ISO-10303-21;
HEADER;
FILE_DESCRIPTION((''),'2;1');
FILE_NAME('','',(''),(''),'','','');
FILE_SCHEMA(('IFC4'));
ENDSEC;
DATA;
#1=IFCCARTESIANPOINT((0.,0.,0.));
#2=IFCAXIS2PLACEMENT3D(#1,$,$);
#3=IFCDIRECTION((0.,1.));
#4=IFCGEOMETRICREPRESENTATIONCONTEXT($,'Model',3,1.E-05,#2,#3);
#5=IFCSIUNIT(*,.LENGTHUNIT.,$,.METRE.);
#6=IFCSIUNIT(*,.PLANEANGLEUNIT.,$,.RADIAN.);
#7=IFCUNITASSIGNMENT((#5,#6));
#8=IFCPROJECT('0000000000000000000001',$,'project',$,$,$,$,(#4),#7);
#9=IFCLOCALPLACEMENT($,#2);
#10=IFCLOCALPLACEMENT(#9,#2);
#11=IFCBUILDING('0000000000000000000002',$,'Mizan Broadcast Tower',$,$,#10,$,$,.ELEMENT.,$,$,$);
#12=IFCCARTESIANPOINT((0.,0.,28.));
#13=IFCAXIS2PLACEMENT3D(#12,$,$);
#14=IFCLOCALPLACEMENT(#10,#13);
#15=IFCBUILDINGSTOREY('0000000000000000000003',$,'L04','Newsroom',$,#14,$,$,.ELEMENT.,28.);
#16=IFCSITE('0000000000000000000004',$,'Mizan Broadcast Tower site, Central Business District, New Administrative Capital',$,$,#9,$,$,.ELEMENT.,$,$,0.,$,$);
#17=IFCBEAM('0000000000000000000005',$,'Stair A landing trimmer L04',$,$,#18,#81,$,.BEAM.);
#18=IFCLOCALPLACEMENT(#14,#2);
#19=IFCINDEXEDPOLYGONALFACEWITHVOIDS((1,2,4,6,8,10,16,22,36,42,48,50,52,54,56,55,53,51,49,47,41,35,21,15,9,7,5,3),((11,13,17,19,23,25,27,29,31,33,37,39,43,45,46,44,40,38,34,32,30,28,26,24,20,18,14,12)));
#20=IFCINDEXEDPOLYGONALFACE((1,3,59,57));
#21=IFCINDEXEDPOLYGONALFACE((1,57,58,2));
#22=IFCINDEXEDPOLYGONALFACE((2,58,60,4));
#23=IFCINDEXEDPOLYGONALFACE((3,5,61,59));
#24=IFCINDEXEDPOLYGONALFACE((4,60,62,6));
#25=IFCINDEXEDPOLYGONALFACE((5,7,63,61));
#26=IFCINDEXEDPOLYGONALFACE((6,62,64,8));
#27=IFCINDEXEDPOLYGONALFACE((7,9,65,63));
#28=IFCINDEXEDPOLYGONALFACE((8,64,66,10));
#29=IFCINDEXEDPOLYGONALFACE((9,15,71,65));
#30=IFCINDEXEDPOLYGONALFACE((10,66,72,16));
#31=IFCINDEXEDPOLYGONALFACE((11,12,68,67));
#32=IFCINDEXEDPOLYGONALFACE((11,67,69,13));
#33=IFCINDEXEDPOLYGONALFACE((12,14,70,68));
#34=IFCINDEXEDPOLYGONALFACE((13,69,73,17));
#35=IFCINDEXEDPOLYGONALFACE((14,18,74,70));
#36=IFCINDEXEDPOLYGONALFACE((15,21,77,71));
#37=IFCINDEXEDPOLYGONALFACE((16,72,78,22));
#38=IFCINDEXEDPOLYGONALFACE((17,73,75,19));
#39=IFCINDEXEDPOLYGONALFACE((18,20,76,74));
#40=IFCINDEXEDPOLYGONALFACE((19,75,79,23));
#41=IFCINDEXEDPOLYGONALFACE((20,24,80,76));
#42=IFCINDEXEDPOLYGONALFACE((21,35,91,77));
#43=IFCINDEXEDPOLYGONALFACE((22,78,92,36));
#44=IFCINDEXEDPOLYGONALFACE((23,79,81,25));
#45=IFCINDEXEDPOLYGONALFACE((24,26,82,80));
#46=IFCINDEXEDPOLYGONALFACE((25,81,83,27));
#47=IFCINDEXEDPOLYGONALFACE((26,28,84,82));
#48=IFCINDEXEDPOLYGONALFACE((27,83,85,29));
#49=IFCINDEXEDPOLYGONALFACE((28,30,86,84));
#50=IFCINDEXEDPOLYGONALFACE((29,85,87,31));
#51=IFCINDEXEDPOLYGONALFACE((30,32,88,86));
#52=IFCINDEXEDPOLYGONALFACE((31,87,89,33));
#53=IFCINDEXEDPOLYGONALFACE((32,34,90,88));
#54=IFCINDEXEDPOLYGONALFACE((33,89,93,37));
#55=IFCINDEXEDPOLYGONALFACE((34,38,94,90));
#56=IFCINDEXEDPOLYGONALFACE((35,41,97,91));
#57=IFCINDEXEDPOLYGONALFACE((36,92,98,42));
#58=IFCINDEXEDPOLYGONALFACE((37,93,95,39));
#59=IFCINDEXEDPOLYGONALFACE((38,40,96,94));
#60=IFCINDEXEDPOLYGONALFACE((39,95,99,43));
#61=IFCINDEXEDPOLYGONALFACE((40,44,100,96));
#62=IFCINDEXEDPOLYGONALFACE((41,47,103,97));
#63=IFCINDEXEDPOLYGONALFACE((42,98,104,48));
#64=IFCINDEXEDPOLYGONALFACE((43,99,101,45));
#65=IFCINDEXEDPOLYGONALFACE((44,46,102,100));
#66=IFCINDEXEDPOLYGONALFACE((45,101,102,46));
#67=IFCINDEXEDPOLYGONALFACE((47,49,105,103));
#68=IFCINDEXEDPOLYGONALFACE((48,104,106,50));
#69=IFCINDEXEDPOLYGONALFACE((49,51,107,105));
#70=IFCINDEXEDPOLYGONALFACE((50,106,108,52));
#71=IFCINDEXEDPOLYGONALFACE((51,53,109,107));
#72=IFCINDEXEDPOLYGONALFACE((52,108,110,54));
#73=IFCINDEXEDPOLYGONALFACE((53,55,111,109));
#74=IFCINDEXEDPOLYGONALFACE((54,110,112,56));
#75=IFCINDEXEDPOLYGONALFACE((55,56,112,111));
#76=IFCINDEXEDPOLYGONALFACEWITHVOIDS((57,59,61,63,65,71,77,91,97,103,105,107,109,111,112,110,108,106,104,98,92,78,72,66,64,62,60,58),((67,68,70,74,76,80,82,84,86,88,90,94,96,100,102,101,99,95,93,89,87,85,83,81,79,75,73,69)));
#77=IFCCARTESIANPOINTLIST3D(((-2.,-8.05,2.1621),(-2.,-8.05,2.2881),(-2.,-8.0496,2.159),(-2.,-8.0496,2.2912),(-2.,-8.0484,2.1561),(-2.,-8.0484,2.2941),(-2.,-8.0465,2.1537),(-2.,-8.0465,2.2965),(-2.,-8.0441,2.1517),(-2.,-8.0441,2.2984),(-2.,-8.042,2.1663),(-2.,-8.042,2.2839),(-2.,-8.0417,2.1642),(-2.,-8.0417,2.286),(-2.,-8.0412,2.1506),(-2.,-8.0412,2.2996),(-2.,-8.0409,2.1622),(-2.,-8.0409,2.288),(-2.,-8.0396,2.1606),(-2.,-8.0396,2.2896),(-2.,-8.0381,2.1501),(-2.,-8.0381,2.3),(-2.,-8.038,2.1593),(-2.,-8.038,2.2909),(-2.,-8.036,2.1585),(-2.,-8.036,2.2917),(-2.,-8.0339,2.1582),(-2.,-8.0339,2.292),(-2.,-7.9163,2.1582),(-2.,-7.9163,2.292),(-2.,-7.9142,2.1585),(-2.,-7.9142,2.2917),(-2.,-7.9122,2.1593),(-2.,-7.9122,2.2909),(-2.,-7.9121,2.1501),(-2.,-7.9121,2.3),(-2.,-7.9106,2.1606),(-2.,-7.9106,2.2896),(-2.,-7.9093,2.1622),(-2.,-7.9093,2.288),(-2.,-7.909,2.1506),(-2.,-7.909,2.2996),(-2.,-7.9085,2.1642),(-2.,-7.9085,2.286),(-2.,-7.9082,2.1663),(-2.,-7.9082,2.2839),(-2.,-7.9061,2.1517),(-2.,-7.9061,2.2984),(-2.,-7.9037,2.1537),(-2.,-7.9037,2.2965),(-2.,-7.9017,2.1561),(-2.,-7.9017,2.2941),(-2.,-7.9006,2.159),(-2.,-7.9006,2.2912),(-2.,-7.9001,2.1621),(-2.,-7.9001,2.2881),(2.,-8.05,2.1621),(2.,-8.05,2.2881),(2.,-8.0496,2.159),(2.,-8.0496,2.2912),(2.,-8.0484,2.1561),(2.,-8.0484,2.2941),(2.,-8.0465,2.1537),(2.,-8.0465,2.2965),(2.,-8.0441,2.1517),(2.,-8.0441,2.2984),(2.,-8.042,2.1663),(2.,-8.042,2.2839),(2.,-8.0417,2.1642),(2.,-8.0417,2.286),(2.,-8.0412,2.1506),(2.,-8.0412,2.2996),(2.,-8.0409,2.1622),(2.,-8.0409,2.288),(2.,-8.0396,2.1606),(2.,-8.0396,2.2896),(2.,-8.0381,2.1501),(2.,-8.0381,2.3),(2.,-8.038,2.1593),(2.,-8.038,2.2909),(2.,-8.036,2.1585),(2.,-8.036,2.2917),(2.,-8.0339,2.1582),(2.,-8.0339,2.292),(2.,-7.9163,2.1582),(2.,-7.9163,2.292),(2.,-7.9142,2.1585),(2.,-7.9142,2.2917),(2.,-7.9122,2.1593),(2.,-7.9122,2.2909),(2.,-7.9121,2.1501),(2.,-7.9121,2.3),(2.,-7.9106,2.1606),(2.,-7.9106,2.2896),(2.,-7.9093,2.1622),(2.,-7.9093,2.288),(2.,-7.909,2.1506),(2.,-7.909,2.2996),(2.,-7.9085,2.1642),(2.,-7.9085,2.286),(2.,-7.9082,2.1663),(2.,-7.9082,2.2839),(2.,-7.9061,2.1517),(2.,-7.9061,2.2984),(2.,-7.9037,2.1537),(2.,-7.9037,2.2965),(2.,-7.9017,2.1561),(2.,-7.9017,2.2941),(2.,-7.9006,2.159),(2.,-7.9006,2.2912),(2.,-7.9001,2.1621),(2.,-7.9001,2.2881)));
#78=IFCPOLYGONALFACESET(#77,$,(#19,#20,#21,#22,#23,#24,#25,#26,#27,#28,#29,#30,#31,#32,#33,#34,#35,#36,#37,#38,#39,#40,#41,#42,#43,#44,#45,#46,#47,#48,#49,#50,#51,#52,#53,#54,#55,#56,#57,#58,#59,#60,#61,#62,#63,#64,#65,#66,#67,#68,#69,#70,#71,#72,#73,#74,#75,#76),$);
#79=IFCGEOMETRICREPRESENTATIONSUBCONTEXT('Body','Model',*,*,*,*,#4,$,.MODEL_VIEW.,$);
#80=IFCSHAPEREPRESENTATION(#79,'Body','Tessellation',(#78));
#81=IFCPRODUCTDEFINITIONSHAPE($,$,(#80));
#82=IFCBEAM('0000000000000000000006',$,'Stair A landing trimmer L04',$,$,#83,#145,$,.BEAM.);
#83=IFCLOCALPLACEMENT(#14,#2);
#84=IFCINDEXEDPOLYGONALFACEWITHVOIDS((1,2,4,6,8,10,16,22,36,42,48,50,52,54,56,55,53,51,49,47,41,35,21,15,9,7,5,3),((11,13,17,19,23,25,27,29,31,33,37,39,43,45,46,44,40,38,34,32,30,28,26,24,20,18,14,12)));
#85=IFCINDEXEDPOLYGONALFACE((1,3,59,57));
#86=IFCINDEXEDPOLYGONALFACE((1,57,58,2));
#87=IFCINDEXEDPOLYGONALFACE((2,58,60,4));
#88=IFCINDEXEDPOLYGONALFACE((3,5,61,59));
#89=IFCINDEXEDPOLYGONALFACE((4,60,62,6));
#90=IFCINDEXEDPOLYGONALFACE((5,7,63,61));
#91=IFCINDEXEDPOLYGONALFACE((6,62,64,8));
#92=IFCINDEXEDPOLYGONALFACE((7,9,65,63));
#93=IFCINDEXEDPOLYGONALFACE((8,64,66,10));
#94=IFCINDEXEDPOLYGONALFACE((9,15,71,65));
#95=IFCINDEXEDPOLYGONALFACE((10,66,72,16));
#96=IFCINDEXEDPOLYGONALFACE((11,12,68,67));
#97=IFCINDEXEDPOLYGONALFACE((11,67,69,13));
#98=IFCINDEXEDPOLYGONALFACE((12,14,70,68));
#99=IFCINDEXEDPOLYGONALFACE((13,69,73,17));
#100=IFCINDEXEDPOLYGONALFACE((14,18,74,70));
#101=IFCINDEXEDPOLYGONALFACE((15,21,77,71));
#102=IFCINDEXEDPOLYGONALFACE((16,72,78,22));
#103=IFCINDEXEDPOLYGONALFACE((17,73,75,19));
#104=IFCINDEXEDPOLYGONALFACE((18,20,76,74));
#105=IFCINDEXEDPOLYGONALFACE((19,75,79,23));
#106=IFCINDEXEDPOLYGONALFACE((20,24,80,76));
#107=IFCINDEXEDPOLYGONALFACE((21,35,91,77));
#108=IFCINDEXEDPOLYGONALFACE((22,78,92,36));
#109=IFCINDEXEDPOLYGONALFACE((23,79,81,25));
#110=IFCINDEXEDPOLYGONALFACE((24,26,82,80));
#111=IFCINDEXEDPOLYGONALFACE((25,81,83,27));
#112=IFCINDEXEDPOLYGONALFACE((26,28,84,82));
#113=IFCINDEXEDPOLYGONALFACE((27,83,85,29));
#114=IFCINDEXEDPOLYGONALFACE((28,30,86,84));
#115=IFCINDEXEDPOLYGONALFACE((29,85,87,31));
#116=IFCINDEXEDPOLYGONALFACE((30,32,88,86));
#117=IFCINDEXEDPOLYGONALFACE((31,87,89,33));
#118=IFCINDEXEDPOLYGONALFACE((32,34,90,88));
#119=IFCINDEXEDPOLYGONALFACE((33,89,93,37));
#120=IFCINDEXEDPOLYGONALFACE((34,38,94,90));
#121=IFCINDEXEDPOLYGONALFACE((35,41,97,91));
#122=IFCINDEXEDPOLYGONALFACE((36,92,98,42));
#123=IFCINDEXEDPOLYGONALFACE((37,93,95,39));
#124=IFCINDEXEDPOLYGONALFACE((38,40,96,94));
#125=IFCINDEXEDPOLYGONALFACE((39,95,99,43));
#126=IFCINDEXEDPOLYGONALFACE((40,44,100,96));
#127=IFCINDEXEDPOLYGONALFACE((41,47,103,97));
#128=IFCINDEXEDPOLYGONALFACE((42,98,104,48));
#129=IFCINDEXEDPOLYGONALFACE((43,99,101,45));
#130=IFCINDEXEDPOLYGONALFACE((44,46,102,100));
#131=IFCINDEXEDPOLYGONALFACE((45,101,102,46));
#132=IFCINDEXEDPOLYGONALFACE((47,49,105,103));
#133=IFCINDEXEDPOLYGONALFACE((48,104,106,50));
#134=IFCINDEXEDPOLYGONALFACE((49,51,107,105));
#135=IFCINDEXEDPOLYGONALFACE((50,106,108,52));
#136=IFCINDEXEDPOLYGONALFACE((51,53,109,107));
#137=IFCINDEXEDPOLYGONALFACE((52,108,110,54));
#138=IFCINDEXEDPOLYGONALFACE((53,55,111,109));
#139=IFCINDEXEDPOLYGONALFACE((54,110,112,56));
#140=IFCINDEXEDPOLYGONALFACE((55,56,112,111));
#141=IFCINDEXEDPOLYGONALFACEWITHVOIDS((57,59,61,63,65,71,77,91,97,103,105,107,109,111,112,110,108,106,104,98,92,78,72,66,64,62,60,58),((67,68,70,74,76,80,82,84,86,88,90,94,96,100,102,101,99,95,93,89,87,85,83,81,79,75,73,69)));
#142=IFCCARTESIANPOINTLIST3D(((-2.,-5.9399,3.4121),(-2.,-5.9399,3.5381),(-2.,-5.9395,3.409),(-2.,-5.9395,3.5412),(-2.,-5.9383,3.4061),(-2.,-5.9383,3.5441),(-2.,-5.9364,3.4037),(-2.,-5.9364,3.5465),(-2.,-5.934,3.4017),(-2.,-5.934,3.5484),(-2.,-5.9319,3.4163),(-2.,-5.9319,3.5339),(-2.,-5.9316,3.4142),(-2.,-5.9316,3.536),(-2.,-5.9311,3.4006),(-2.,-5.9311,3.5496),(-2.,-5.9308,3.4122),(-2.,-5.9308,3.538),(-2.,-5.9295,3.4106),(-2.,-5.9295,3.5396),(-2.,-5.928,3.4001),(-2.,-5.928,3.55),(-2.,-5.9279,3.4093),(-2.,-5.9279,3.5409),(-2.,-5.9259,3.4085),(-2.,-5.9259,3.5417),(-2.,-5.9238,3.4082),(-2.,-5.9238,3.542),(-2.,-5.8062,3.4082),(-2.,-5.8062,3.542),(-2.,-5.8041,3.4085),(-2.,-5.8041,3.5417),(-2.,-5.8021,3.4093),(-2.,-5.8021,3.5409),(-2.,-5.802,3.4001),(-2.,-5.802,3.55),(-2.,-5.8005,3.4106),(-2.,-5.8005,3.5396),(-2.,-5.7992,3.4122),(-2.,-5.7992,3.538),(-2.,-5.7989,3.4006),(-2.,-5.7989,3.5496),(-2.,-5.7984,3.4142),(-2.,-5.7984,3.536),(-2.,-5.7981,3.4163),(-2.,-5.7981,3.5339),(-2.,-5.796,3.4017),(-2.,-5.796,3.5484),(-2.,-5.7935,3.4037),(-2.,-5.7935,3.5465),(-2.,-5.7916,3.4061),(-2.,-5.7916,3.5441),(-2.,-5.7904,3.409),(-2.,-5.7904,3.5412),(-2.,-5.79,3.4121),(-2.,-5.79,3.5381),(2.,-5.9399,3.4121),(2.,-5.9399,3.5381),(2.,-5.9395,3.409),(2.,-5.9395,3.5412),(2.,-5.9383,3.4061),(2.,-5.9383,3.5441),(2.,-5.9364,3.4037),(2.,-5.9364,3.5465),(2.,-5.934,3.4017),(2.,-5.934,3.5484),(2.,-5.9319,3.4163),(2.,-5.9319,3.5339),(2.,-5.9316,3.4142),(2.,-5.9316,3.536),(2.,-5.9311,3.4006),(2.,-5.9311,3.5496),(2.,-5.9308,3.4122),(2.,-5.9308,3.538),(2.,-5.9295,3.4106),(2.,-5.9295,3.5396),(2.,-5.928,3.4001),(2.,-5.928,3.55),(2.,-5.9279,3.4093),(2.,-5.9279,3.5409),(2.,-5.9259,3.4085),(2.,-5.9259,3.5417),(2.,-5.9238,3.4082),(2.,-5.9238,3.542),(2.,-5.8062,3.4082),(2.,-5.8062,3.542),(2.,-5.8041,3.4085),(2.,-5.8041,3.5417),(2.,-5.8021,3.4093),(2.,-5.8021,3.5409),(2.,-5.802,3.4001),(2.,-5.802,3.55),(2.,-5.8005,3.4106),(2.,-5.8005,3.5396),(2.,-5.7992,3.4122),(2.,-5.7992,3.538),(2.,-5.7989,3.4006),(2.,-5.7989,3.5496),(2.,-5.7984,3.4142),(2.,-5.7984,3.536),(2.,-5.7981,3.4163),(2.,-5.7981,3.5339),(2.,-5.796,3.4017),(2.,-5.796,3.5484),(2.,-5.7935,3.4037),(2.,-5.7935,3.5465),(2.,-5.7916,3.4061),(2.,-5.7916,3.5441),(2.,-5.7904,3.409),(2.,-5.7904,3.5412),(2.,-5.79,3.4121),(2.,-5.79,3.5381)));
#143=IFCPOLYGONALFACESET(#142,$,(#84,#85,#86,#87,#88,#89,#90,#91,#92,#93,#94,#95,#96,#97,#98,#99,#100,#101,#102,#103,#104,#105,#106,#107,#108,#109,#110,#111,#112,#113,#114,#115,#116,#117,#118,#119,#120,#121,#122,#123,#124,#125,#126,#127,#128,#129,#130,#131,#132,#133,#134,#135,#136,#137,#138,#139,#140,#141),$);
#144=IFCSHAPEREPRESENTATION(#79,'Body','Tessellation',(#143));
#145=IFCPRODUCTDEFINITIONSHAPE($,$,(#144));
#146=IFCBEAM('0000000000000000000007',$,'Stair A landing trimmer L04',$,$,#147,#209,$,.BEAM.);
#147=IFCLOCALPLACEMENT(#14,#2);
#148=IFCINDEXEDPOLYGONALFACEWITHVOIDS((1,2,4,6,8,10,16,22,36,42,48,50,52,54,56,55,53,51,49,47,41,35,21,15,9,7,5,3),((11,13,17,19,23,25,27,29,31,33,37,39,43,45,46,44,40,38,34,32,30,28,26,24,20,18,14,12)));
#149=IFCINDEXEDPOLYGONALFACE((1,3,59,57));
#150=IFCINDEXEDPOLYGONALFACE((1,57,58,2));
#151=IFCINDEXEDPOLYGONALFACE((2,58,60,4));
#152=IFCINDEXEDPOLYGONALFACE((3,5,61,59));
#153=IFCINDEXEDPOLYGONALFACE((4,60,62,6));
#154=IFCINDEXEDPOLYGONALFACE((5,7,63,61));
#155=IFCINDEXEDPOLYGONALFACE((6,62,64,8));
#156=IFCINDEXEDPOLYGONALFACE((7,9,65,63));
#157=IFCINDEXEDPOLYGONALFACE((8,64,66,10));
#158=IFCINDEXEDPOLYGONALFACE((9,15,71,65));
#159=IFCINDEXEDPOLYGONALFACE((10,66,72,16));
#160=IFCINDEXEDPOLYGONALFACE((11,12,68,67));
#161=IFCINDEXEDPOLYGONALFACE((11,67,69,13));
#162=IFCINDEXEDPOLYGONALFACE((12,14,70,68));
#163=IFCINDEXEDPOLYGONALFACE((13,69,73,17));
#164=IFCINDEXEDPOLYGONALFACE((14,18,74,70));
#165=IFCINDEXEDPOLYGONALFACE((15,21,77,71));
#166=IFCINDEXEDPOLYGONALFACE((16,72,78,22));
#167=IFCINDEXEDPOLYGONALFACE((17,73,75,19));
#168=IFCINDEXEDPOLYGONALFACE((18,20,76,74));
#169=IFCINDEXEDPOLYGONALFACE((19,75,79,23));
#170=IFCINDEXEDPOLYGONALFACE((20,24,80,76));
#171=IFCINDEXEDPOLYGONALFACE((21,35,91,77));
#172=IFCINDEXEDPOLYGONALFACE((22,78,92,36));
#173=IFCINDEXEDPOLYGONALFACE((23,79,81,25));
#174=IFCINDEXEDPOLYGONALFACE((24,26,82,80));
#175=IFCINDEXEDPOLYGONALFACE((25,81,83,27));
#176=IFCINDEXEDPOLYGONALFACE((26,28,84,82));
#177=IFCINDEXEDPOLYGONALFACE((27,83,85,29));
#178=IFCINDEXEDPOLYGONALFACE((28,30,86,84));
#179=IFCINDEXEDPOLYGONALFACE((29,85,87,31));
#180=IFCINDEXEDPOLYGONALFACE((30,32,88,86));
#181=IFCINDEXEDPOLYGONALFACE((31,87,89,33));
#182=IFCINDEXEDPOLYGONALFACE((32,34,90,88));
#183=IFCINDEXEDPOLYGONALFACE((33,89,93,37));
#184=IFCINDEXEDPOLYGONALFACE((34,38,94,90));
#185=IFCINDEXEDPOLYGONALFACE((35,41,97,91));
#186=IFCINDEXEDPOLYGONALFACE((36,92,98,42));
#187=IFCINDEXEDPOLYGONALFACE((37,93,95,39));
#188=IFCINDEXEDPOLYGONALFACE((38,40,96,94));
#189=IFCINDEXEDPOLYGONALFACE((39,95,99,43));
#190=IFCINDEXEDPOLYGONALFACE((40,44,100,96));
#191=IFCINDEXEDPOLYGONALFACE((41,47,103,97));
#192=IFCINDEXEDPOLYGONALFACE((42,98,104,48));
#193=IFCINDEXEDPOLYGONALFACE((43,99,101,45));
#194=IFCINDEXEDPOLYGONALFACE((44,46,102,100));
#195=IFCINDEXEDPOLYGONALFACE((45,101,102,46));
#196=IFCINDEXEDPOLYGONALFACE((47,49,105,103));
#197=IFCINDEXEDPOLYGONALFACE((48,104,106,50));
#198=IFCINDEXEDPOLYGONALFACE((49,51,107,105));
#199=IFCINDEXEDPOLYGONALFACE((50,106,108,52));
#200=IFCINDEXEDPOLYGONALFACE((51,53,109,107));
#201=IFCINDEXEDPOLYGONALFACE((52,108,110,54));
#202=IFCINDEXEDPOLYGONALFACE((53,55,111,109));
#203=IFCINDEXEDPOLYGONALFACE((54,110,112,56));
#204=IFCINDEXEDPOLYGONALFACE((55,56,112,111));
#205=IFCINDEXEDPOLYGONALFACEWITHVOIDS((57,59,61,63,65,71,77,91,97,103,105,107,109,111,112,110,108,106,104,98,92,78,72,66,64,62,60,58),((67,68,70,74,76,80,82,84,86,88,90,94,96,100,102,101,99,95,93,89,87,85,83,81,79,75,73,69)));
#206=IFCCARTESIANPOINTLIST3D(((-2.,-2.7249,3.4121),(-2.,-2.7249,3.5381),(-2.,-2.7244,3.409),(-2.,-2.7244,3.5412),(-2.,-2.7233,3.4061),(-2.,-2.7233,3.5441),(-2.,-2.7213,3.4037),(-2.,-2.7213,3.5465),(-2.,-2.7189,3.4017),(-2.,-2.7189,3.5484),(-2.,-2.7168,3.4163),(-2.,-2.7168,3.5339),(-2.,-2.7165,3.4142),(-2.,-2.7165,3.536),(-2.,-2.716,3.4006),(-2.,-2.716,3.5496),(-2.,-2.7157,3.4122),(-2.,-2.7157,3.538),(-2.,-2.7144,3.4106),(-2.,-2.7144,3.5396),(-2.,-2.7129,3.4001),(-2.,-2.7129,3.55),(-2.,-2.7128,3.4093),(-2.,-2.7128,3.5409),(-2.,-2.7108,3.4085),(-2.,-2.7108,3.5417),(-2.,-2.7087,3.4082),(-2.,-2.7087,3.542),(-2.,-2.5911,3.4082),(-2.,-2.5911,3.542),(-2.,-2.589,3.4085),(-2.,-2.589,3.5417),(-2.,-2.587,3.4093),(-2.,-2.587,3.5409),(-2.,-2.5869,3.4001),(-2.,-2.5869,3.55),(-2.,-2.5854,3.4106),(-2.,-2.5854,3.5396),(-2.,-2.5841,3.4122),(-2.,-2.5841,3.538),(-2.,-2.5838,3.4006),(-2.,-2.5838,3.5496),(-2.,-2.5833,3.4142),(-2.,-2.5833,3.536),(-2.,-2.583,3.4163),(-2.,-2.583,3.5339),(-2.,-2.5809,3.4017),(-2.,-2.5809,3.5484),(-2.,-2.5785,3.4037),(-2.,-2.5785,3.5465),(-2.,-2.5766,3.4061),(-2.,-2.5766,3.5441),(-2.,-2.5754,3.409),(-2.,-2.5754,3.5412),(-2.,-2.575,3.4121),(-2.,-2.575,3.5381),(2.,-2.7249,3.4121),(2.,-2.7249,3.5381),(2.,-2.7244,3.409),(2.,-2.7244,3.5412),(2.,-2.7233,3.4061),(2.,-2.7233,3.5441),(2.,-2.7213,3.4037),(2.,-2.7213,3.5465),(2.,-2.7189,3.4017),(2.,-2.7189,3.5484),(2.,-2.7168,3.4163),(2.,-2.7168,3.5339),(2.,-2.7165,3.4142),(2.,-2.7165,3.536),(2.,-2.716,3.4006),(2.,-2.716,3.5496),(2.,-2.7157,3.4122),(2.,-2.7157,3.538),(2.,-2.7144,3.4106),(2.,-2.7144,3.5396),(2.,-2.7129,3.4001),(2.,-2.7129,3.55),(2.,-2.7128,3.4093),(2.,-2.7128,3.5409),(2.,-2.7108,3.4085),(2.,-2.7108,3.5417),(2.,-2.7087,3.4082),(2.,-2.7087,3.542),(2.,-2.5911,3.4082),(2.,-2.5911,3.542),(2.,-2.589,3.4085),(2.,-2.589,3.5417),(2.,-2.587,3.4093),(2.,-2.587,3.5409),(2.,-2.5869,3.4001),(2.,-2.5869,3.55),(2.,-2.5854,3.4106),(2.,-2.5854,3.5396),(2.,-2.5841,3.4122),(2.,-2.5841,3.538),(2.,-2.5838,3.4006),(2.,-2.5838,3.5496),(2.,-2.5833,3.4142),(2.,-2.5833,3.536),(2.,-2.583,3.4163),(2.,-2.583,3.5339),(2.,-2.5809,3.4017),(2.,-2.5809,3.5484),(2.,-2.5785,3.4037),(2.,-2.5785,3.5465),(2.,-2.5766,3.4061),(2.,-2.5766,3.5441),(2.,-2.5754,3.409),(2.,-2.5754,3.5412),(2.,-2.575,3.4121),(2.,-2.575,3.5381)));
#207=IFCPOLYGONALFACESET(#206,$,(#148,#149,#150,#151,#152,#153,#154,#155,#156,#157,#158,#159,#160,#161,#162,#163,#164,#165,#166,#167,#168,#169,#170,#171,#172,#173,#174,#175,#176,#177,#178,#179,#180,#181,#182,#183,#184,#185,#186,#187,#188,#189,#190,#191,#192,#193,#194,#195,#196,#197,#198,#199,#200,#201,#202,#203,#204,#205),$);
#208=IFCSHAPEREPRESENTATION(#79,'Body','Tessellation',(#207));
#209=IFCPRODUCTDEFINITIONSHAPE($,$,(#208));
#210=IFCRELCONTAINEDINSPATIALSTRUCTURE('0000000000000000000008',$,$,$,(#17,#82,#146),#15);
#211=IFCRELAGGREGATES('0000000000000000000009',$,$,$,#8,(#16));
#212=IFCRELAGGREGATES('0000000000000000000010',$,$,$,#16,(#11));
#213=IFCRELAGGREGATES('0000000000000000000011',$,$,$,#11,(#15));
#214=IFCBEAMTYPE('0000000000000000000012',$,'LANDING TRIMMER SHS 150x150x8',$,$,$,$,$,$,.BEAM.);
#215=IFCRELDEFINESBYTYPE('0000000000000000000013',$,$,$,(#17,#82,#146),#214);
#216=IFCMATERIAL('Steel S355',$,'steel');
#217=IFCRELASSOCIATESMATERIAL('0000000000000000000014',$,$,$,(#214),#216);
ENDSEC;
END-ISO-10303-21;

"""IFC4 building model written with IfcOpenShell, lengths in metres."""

from ifc_helpers import new_model, si_unit, direction, frame, origin, origin_2d, place, context, subcontext, project, spatial, hollow_rectangle, extrude, material, material_profile, profile_set, type_object, element, save


model = new_model("IFC4")

# Units and contexts
model_context = context("Model", 3, precision=1e-05, world=origin(), true_north=direction((0.0, 1.0)))
body_context = subcontext(model_context, "Body", "Model", "MODEL_VIEW")
ifc_project = project(units=[si_unit("LENGTHUNIT", "METRE"), si_unit("PLANEANGLEUNIT", "RADIAN")], contexts=[model_context])

# Site, building, storey
site_placement = place(None, origin())
site = spatial("IfcSite", under=ifc_project, at=site_placement, Name="Mizan Broadcast Tower site, Central Business District, New Administrative Capital", CompositionType="ELEMENT", RefElevation=0.0)
building_placement = place(site_placement, origin())
building = spatial("IfcBuilding", under=site, at=building_placement, Name="Mizan Broadcast Tower", CompositionType="ELEMENT")
storey_placement = place(building_placement, frame((0.0, 0.0, 28.0)))
storey = spatial("IfcBuildingStorey", under=building, at=storey_placement, Name="L04", Description="Newsroom", CompositionType="ELEMENT", Elevation=28.0)

# Beams
ifc_material_1 = material(Name="Steel S355", Category="steel")
ifc_material_profile_1 = material_profile(ifc_material_1, hollow_rectangle(XDim=0.1499, YDim=0.1499, WallThickness=0.0081, InnerFilletRadius=0.0081, OuterFilletRadius=0.012, at=origin_2d()), Name="SHS 150x150x8")
ifc_profile_set_1 = profile_set([ifc_material_profile_1], Name="Steel S355")
beam_type_1 = type_object("IfcBeamType", Name="LANDING TRIMMER SHS 150x150x8", PredefinedType="BEAM", material=ifc_profile_set_1)
for number, where, z_axis, x_axis, name in (
    (1, (-2.0, -7.9751, 2.2251), (1.0, 0.0, 0.0), (0.0, 1.0, 0.0), "Stair A landing trimmer L04"),
    (2, (-2.0, -5.865, 3.4751), (1.0, 0.0, 0.0), (0.0, 1.0, 0.0), "Stair A landing trimmer L04"),
    (3, (-2.0, -2.6499, 3.4751), (1.0, 0.0, 0.0), (0.0, 1.0, 0.0), "Stair A landing trimmer L04"),
):
    element("IfcBeam", number, at=place(storey_placement, frame(where, z_axis=z_axis, x_axis=x_axis)), inside=storey, type_object=beam_type_1, Name=name, PredefinedType="BEAM", context=body_context, shape_type="SweptSolid", body=[
        extrude(hollow_rectangle(XDim=0.1499, YDim=0.1499, WallThickness=0.0081, InnerFilletRadius=0.0081, OuterFilletRadius=0.012, at=origin_2d()), origin(), (0.0, 0.0, 1.0), 4.0),
    ])

save(model, "model.ifc")
